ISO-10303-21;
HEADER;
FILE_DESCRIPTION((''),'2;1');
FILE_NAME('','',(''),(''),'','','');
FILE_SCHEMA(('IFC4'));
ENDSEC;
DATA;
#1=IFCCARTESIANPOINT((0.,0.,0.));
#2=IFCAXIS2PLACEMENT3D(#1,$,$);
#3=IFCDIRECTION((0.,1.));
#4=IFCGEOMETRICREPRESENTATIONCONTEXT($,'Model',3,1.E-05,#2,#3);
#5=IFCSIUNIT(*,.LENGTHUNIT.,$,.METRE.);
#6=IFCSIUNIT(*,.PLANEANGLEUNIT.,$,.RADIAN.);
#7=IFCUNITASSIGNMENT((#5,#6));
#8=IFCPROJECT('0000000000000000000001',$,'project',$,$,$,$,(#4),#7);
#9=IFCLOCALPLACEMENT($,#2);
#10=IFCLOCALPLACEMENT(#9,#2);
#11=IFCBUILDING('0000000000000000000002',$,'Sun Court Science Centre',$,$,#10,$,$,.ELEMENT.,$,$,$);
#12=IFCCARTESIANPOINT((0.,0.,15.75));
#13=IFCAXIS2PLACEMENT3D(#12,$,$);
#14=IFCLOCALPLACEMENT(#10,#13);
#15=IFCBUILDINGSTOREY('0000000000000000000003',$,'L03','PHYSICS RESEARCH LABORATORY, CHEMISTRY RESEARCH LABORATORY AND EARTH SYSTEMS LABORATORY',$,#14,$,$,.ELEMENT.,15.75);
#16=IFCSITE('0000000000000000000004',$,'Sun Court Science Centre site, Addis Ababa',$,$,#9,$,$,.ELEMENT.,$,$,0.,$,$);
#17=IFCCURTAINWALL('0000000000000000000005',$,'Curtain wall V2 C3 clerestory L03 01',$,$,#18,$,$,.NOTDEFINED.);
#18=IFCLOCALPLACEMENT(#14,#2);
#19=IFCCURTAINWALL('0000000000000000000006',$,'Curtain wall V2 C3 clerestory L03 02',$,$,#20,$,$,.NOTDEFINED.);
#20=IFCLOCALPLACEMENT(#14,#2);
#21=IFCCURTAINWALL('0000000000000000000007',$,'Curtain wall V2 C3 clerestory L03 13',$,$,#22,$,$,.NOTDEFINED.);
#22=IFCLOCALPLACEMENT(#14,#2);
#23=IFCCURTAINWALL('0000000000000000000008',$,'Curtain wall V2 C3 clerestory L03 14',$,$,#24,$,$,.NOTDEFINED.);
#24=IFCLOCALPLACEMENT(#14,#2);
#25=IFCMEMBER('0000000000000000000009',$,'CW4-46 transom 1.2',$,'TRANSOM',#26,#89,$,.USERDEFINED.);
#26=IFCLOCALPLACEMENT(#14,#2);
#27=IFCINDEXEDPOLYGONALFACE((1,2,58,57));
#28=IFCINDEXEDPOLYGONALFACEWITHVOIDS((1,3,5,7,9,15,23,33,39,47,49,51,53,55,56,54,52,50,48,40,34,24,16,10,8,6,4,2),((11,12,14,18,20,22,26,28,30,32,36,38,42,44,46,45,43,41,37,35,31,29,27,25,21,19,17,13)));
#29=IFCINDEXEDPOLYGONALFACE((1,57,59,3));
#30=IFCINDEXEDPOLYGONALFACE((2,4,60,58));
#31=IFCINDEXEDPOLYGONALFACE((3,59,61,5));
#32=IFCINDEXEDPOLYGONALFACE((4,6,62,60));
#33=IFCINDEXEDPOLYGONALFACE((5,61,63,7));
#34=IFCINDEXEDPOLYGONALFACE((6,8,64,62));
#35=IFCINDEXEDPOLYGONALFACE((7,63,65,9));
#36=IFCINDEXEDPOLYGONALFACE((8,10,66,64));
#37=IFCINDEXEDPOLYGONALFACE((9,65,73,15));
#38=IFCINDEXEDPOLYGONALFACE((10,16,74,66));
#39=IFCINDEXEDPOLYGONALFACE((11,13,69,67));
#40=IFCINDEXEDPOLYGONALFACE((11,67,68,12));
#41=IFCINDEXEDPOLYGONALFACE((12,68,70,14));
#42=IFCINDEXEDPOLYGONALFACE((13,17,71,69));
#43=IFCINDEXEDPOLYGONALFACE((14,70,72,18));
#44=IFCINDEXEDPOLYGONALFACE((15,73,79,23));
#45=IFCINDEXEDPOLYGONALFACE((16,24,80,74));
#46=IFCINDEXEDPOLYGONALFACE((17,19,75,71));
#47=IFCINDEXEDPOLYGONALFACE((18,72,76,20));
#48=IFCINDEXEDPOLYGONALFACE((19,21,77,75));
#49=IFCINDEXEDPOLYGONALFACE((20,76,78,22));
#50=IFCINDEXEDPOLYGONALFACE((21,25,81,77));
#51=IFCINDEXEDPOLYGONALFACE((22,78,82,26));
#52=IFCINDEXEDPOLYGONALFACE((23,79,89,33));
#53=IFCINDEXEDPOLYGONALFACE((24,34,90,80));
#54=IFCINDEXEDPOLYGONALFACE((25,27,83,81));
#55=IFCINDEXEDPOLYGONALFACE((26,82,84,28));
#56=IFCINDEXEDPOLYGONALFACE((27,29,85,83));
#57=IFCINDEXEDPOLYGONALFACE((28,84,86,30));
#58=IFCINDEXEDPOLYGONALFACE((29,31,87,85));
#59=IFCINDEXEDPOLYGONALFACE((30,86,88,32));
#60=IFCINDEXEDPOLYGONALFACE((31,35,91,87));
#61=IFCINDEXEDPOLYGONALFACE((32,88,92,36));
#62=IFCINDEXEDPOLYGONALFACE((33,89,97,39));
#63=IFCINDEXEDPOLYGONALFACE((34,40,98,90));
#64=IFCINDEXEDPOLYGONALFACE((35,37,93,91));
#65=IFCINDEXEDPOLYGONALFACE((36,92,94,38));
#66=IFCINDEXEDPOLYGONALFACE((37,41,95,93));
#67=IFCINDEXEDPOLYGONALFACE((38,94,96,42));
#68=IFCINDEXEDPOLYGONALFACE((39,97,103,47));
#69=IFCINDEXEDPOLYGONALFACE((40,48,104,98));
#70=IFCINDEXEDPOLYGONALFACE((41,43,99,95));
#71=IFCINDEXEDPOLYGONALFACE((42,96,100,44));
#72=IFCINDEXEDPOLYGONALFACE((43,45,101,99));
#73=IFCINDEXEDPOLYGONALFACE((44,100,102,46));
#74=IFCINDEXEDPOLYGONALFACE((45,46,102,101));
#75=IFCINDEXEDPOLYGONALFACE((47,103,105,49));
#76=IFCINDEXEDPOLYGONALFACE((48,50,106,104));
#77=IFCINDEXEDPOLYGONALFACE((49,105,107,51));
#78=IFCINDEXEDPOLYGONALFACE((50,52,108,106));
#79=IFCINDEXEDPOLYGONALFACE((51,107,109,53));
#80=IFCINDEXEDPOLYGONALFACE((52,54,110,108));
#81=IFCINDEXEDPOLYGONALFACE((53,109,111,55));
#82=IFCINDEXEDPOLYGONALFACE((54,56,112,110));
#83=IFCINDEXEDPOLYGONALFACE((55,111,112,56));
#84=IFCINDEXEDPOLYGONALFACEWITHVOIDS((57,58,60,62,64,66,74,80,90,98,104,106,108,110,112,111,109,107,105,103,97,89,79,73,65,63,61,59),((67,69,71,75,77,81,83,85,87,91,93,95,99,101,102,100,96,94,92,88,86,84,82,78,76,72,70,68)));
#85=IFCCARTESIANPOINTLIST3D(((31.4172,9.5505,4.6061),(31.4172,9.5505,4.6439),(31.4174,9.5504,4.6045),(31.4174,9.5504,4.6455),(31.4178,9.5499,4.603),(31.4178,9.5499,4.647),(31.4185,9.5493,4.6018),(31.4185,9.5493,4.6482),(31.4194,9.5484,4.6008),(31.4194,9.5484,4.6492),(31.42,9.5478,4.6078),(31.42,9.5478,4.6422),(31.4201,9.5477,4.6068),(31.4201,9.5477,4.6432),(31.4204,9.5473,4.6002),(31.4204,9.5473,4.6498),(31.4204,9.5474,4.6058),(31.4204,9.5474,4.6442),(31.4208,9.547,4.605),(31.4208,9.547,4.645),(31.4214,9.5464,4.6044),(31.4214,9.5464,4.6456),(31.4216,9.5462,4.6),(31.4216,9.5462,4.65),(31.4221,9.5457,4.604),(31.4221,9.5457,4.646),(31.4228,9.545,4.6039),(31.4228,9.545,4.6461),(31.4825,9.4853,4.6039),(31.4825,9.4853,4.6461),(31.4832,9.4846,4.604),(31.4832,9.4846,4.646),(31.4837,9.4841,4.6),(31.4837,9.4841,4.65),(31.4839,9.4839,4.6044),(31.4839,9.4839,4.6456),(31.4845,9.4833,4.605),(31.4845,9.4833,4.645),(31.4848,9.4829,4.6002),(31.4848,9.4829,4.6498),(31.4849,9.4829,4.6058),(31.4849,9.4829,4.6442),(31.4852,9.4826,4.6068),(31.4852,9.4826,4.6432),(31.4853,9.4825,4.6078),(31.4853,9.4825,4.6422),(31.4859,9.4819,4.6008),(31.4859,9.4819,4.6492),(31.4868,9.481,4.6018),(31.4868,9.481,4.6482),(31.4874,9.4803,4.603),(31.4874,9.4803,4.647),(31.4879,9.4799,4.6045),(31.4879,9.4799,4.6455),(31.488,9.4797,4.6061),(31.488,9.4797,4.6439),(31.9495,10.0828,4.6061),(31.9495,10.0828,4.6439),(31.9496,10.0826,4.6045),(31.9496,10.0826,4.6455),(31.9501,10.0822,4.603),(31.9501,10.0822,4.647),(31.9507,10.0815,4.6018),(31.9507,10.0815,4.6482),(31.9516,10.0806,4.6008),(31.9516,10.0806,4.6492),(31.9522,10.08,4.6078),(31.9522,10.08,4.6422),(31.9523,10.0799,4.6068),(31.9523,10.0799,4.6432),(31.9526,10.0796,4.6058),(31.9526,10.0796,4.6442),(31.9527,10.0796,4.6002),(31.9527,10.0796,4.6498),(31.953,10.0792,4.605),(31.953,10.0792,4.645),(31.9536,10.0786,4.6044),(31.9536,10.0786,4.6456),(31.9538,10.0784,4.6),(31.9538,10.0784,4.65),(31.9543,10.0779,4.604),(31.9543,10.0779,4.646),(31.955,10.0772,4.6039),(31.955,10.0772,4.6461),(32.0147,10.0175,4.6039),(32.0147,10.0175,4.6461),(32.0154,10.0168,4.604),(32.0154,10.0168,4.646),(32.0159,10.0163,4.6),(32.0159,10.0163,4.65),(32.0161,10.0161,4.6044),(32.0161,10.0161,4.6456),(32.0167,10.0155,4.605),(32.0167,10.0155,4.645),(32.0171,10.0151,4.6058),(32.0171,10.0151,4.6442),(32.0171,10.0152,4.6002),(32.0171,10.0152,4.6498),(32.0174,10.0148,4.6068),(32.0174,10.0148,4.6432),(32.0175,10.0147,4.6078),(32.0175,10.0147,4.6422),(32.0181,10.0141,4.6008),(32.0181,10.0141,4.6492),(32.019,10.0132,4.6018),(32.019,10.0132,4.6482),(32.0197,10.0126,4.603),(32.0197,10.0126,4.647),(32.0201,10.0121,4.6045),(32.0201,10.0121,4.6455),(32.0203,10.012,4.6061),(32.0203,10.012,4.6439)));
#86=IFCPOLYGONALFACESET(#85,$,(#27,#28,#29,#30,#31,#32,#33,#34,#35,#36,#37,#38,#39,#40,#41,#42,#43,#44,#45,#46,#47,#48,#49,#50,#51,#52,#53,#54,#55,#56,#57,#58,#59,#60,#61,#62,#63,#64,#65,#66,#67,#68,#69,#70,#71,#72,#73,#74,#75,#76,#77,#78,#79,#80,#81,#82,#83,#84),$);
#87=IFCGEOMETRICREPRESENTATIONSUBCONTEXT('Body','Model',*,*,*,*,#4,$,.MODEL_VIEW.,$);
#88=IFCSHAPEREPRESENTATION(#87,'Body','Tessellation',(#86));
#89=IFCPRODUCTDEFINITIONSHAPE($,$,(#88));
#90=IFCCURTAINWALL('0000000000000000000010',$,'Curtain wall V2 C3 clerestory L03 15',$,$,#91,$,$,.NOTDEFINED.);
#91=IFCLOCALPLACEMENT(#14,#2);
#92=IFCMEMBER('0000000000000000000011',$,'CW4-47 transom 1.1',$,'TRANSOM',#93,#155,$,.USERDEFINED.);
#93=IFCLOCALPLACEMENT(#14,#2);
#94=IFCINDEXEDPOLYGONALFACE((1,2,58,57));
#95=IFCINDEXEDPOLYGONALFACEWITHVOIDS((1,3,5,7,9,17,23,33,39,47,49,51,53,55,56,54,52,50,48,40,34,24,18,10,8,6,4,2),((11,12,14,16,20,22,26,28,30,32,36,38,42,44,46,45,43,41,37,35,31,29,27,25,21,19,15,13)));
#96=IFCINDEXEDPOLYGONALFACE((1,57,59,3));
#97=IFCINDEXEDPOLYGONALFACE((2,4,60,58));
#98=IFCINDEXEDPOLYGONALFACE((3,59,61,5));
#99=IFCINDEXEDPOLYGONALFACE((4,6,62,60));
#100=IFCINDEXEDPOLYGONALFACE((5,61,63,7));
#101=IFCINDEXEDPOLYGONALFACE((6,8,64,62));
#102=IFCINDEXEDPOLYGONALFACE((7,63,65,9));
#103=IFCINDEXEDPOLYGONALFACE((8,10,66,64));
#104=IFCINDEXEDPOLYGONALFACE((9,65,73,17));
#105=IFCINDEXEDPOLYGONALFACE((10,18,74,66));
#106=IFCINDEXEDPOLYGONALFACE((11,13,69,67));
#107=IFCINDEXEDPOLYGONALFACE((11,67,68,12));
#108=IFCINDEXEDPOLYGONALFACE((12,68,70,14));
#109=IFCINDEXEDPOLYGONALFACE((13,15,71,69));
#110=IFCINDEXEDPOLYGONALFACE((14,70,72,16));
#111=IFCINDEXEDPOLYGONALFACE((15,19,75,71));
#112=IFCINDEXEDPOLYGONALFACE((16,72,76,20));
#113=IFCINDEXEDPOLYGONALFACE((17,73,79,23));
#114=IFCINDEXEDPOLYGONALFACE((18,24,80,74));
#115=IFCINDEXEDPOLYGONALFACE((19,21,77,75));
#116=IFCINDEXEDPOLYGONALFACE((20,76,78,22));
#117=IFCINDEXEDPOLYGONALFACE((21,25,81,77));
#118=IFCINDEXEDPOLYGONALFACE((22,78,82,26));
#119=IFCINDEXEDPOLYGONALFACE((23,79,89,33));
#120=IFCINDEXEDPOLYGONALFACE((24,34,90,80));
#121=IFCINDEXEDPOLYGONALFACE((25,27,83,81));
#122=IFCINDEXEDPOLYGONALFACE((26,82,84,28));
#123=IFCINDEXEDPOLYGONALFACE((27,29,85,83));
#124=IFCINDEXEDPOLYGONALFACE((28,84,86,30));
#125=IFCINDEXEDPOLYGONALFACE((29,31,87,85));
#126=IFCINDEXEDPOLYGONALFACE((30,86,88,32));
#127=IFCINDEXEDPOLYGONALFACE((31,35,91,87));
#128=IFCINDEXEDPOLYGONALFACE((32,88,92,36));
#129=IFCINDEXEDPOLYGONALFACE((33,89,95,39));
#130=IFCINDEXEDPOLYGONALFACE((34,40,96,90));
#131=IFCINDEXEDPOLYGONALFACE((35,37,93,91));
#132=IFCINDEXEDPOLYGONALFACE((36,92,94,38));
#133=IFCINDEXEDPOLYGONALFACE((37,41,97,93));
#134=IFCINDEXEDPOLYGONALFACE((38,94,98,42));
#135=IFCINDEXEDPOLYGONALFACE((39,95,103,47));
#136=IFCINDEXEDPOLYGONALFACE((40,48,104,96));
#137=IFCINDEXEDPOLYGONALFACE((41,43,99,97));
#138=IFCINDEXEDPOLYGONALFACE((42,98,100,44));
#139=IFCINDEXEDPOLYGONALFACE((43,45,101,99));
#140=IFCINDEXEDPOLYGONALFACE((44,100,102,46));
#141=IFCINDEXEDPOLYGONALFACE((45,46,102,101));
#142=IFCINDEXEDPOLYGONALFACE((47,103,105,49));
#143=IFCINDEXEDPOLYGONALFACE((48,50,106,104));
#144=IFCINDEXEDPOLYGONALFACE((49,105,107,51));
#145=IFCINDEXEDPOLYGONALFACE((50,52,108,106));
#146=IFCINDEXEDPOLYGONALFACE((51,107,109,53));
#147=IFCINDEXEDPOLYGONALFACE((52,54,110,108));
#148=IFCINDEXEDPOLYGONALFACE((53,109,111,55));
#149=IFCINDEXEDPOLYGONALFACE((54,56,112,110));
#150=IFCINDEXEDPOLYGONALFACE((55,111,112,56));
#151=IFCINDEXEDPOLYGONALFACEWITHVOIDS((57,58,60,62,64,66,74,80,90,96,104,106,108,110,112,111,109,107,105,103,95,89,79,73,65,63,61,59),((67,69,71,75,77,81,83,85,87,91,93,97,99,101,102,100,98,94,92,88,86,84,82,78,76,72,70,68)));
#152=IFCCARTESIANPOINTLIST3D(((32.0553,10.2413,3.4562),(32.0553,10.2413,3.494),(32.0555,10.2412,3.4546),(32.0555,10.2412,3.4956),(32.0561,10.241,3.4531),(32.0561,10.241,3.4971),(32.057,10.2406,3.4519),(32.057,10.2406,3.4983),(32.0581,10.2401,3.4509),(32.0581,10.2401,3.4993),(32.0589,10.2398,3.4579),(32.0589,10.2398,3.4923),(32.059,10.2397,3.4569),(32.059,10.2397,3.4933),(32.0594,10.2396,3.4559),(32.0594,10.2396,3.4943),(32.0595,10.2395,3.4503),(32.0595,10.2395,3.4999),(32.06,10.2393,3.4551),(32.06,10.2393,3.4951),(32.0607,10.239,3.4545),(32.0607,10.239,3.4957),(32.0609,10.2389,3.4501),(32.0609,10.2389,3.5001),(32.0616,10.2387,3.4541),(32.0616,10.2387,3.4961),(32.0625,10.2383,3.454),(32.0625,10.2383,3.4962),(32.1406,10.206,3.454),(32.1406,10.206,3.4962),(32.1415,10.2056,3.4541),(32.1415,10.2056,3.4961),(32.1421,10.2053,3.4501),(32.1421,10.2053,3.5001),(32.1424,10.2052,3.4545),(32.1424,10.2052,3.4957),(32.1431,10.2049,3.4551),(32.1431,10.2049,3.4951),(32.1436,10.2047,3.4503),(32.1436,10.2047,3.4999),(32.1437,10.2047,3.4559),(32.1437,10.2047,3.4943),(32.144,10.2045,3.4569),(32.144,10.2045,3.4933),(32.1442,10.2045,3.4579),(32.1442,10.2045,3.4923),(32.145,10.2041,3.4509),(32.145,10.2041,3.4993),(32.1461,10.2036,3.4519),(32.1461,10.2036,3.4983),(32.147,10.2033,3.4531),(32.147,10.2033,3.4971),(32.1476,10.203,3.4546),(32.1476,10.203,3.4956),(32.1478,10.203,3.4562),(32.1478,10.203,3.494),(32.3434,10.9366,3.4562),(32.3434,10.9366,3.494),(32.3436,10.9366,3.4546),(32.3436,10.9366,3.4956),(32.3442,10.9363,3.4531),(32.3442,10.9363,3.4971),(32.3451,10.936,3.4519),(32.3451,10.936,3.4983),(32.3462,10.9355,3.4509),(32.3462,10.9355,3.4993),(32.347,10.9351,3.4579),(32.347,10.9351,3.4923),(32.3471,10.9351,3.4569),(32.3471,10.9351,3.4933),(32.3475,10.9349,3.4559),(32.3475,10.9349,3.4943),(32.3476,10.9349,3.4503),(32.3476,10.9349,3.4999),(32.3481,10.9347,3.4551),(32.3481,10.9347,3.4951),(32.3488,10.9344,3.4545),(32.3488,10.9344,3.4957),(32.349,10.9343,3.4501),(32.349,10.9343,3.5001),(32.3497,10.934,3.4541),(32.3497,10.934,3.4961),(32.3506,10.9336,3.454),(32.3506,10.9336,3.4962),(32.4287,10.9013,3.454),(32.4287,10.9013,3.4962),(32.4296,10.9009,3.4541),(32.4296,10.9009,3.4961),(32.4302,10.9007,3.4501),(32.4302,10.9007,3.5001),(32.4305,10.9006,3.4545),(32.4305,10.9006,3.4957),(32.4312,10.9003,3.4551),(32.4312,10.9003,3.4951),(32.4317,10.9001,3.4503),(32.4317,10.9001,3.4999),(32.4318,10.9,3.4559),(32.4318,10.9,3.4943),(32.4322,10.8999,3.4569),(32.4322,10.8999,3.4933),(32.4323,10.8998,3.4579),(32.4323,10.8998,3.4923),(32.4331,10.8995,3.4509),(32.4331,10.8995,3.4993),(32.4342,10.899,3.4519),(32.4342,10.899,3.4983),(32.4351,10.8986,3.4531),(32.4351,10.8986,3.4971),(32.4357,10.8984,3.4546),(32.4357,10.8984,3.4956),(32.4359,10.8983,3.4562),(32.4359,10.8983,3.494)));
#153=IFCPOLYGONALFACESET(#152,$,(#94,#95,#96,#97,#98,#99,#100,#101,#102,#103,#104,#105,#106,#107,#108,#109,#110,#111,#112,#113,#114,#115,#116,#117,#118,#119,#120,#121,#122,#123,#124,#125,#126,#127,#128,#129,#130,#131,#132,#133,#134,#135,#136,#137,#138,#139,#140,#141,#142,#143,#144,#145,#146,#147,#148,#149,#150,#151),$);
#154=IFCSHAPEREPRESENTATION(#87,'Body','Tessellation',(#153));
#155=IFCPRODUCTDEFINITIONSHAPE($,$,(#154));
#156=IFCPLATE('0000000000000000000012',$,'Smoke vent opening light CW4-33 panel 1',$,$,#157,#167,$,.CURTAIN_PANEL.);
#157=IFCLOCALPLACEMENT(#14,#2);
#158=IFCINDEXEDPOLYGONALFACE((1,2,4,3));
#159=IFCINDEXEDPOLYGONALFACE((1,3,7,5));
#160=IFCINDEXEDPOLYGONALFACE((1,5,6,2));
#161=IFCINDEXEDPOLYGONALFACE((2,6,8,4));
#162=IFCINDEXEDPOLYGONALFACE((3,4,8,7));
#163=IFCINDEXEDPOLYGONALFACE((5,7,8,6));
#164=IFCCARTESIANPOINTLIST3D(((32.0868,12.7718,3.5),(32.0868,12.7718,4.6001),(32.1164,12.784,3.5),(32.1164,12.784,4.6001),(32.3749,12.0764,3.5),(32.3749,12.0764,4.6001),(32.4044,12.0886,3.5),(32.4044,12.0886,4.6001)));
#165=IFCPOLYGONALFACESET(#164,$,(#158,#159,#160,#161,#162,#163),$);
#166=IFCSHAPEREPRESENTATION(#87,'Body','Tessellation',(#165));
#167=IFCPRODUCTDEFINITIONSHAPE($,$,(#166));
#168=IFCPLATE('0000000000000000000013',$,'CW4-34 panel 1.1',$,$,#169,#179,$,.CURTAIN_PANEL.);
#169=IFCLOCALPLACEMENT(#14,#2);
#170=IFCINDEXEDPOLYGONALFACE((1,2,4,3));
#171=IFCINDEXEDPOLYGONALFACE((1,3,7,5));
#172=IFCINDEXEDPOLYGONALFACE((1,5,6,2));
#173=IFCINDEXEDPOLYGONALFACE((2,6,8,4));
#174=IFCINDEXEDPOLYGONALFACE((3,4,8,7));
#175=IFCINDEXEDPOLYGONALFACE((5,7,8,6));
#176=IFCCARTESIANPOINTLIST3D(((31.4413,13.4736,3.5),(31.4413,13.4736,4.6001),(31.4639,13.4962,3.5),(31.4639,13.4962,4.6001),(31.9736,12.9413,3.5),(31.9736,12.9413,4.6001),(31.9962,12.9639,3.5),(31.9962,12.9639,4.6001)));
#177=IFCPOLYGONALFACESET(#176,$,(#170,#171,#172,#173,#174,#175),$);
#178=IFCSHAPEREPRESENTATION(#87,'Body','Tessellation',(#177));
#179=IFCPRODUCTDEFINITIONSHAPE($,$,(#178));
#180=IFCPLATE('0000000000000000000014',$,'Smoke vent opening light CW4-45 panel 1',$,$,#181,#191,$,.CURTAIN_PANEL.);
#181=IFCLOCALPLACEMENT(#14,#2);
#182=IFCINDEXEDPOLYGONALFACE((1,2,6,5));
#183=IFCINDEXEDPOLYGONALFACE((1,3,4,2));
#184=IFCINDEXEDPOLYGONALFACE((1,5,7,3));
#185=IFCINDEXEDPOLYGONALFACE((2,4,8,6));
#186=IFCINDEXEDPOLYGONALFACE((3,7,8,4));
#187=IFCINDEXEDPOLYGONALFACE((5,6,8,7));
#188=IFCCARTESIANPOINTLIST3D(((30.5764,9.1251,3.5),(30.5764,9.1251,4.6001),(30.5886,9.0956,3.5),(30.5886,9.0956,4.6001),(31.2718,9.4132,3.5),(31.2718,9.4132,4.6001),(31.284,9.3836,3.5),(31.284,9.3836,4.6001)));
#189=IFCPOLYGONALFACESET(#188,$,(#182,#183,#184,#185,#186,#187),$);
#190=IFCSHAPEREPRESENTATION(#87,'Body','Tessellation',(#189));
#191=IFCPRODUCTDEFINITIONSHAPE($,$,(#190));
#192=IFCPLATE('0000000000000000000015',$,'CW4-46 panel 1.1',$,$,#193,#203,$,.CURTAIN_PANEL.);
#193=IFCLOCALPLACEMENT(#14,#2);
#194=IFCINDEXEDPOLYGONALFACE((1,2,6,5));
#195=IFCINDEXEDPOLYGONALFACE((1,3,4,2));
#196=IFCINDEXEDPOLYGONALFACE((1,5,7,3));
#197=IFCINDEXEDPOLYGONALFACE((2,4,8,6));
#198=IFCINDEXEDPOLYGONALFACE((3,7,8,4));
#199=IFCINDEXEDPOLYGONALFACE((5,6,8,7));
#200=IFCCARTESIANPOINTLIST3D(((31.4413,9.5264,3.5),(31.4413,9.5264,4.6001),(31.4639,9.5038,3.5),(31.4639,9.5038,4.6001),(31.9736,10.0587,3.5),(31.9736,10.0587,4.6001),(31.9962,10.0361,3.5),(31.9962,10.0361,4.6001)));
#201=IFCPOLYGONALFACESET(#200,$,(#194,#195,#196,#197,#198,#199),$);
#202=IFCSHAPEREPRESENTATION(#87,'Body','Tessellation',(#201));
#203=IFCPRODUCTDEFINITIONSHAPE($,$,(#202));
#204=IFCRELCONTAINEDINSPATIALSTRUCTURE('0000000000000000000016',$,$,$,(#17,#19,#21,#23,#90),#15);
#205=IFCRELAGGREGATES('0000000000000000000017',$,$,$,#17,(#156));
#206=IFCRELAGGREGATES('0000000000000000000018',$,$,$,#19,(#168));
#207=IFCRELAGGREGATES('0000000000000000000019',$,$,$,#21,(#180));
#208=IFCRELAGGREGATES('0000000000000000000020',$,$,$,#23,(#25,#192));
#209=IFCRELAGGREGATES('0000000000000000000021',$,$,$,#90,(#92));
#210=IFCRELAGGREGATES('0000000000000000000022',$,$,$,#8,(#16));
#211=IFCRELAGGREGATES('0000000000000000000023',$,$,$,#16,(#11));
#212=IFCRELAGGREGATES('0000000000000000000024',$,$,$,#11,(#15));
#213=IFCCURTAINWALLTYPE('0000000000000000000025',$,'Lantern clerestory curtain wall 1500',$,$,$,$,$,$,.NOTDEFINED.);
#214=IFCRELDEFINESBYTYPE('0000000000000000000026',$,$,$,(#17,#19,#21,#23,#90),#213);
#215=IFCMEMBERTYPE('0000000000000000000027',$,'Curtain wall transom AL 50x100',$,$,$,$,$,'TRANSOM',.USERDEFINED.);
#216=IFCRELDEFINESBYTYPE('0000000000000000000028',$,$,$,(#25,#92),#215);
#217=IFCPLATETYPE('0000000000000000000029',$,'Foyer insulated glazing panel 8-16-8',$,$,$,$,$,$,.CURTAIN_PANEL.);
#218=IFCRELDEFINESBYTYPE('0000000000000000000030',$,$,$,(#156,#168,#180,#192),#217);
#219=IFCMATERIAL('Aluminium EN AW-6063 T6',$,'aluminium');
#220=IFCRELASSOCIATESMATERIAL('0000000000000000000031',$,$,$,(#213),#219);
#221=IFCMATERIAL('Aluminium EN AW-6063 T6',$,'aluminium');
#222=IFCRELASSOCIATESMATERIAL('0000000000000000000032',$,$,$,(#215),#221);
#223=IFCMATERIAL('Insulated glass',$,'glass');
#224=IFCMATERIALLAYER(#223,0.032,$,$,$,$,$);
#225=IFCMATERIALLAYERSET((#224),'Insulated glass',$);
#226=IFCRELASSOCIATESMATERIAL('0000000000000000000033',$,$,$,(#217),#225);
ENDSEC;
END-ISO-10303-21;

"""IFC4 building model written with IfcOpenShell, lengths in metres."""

from ifc_helpers import new_model, si_unit, direction, frame, origin, origin_2d, place, context, subcontext, project, spatial, rectangle, hollow_rectangle, extrude, material, layer, layer_set, material_profile, profile_set, type_object, element, aggregate, save


model = new_model("IFC4")

# Units and contexts
model_context = context("Model", 3, precision=1e-05, world=origin(), true_north=direction((0.0, 1.0)))
body_context = subcontext(model_context, "Body", "Model", "MODEL_VIEW")
ifc_project = project(units=[si_unit("LENGTHUNIT", "METRE"), si_unit("PLANEANGLEUNIT", "RADIAN")], contexts=[model_context])

# Site, building, storey
site_placement = place(None, origin())
site = spatial("IfcSite", under=ifc_project, at=site_placement, Name="Sun Court Science Centre site, Addis Ababa", CompositionType="ELEMENT", RefElevation=0.0)
building_placement = place(site_placement, origin())
building = spatial("IfcBuilding", under=site, at=building_placement, Name="Sun Court Science Centre", CompositionType="ELEMENT")
storey_placement = place(building_placement, frame((0.0, 0.0, 15.75)))
storey = spatial("IfcBuildingStorey", under=building, at=storey_placement, Name="L03", Description="PHYSICS RESEARCH LABORATORY, CHEMISTRY RESEARCH LABORATORY AND EARTH SYSTEMS LABORATORY", CompositionType="ELEMENT", Elevation=15.75)

# Curtain walls, member
ifc_material_1 = material(Name="Aluminium EN AW-6063 T6", Category="aluminium")
curtain_wall_type = type_object("IfcCurtainWallType", Name="Lantern clerestory curtain wall 1500", PredefinedType="NOTDEFINED", material=ifc_material_1)
curtain_wall_1_placement = place(storey_placement, origin())
curtain_wall_1 = element("IfcCurtainWall", 1, at=curtain_wall_1_placement, inside=storey, type_object=curtain_wall_type, Name="Curtain wall V2 C3 clerestory L03 01", PredefinedType="NOTDEFINED")
ifc_material_2 = material(Name="Aluminium EN AW-6063 T6", Category="aluminium")
ifc_material_profile_1 = material_profile(ifc_material_2, hollow_rectangle(XDim=0.05, YDim=0.1001, WallThickness=0.0039, InnerFilletRadius=0.0039, OuterFilletRadius=0.0061, at=origin_2d()), Name="AL 50x100x4")
ifc_profile_set_1 = profile_set([ifc_material_profile_1], Name="Aluminium EN AW-6063 T6")
member_type_1 = type_object("IfcMemberType", Name="Curtain wall transom AL 50x100", ElementType="TRANSOM", PredefinedType="USERDEFINED", material=ifc_profile_set_1)
curtain_wall_2_placement = place(storey_placement, origin())
curtain_wall_2 = element("IfcCurtainWall", 2, at=curtain_wall_2_placement, inside=storey, type_object=curtain_wall_type, Name="Curtain wall V2 C3 clerestory L03 02", PredefinedType="NOTDEFINED")
curtain_wall_3_placement = place(storey_placement, origin())
curtain_wall_3 = element("IfcCurtainWall", 3, at=curtain_wall_3_placement, inside=storey, type_object=curtain_wall_type, Name="Curtain wall V2 C3 clerestory L03 13", PredefinedType="NOTDEFINED")
curtain_wall_4_placement = place(storey_placement, origin())
curtain_wall_4 = element("IfcCurtainWall", 4, at=curtain_wall_4_placement, inside=storey, type_object=curtain_wall_type, Name="Curtain wall V2 C3 clerestory L03 14", PredefinedType="NOTDEFINED")
member_1_placement = place(storey_placement, frame((31.9849, 10.0474, 4.625), z_axis=(-0.707107, -0.707107, 0.0), x_axis=(0.0, 0.0, 1.0)))
member_1 = element("IfcMember", 5, at=member_1_placement, type_object=member_type_1, Name="CW4-46 transom 1.2", ObjectType="TRANSOM", PredefinedType="USERDEFINED", context=body_context, shape_type="SweptSolid", body=[
    extrude(hollow_rectangle(XDim=0.05, YDim=0.1001, WallThickness=0.0039, InnerFilletRadius=0.0039, OuterFilletRadius=0.0061, at=origin_2d()), origin(), (0.0, 0.0, 1.0), 0.7527),
])

# Curtain wall, member
curtain_wall_5_placement = place(storey_placement, origin())
curtain_wall_5 = element("IfcCurtainWall", 6, at=curtain_wall_5_placement, inside=storey, type_object=curtain_wall_type, Name="Curtain wall V2 C3 clerestory L03 15", PredefinedType="NOTDEFINED")
member_2_placement = place(storey_placement, frame((32.3896, 10.9175, 3.4751), z_axis=(-0.382772, -0.923843, 0.0), x_axis=(0.0, 0.0, 1.0)))
member_2 = element("IfcMember", 7, at=member_2_placement, type_object=member_type_1, Name="CW4-47 transom 1.1", ObjectType="TRANSOM", PredefinedType="USERDEFINED", context=body_context, shape_type="SweptSolid", body=[
    extrude(hollow_rectangle(XDim=0.05, YDim=0.1001, WallThickness=0.0039, InnerFilletRadius=0.0039, OuterFilletRadius=0.0061, at=origin_2d()), origin(), (0.0, 0.0, 1.0), 0.7527),
])

# Plates
ifc_material_3 = material(Name="Insulated glass", Category="glass")
ifc_layer = layer(ifc_material_3, 0.032)
ifc_layer_set = layer_set([ifc_layer], Name="Insulated glass")
plate_type = type_object("IfcPlateType", Name="Foyer insulated glazing panel 8-16-8", PredefinedType="CURTAIN_PANEL", material=ifc_layer_set)
plate_1_placement = place(storey_placement, frame((32.2456, 12.4302, 3.5), z_axis=(0.0, 0.0, 1.0), x_axis=(0.382683, -0.92388, 0.0)))
plate_1 = element("IfcPlate", 8, at=plate_1_placement, type_object=plate_type, Name="Smoke vent opening light CW4-33 panel 1", PredefinedType="CURTAIN_PANEL", context=body_context, shape_type="SweptSolid", body=[
    extrude(rectangle(XDim=0.7527, YDim=0.032, at=origin_2d()), origin(), (0.0, 0.0, 1.0), 1.1001),
])
aggregate(curtain_wall_1, [plate_1])
plate_2_placement = place(storey_placement, frame((31.7188, 13.2188, 3.5), z_axis=(0.0, 0.0, 1.0), x_axis=(0.707107, -0.707107, 0.0)))
plate_2 = element("IfcPlate", 9, at=plate_2_placement, type_object=plate_type, Name="CW4-34 panel 1.1", PredefinedType="CURTAIN_PANEL", context=body_context, shape_type="SweptSolid", body=[
    extrude(rectangle(XDim=0.7527, YDim=0.032, at=origin_2d()), origin(), (0.0, 0.0, 1.0), 1.1001),
])
aggregate(curtain_wall_2, [plate_2])
plate_3_placement = place(storey_placement, frame((30.9302, 9.2544, 3.5), z_axis=(0.0, 0.0, 1.0), x_axis=(-0.92388, -0.382683, 0.0)))
plate_3 = element("IfcPlate", 10, at=plate_3_placement, type_object=plate_type, Name="Smoke vent opening light CW4-45 panel 1", PredefinedType="CURTAIN_PANEL", context=body_context, shape_type="SweptSolid", body=[
    extrude(rectangle(XDim=0.7527, YDim=0.032, at=origin_2d()), origin(), (0.0, 0.0, 1.0), 1.1001),
])
aggregate(curtain_wall_3, [plate_3])
plate_4_placement = place(storey_placement, frame((31.7188, 9.7812, 3.5), z_axis=(0.0, 0.0, 1.0), x_axis=(-0.707107, -0.707107, 0.0)))
plate_4 = element("IfcPlate", 11, at=plate_4_placement, type_object=plate_type, Name="CW4-46 panel 1.1", PredefinedType="CURTAIN_PANEL", context=body_context, shape_type="SweptSolid", body=[
    extrude(rectangle(XDim=0.7527, YDim=0.032, at=origin_2d()), origin(), (0.0, 0.0, 1.0), 1.1001),
])
aggregate(curtain_wall_4, [member_1, plate_4])
aggregate(curtain_wall_5, [member_2])

save(model, "model.ifc")
